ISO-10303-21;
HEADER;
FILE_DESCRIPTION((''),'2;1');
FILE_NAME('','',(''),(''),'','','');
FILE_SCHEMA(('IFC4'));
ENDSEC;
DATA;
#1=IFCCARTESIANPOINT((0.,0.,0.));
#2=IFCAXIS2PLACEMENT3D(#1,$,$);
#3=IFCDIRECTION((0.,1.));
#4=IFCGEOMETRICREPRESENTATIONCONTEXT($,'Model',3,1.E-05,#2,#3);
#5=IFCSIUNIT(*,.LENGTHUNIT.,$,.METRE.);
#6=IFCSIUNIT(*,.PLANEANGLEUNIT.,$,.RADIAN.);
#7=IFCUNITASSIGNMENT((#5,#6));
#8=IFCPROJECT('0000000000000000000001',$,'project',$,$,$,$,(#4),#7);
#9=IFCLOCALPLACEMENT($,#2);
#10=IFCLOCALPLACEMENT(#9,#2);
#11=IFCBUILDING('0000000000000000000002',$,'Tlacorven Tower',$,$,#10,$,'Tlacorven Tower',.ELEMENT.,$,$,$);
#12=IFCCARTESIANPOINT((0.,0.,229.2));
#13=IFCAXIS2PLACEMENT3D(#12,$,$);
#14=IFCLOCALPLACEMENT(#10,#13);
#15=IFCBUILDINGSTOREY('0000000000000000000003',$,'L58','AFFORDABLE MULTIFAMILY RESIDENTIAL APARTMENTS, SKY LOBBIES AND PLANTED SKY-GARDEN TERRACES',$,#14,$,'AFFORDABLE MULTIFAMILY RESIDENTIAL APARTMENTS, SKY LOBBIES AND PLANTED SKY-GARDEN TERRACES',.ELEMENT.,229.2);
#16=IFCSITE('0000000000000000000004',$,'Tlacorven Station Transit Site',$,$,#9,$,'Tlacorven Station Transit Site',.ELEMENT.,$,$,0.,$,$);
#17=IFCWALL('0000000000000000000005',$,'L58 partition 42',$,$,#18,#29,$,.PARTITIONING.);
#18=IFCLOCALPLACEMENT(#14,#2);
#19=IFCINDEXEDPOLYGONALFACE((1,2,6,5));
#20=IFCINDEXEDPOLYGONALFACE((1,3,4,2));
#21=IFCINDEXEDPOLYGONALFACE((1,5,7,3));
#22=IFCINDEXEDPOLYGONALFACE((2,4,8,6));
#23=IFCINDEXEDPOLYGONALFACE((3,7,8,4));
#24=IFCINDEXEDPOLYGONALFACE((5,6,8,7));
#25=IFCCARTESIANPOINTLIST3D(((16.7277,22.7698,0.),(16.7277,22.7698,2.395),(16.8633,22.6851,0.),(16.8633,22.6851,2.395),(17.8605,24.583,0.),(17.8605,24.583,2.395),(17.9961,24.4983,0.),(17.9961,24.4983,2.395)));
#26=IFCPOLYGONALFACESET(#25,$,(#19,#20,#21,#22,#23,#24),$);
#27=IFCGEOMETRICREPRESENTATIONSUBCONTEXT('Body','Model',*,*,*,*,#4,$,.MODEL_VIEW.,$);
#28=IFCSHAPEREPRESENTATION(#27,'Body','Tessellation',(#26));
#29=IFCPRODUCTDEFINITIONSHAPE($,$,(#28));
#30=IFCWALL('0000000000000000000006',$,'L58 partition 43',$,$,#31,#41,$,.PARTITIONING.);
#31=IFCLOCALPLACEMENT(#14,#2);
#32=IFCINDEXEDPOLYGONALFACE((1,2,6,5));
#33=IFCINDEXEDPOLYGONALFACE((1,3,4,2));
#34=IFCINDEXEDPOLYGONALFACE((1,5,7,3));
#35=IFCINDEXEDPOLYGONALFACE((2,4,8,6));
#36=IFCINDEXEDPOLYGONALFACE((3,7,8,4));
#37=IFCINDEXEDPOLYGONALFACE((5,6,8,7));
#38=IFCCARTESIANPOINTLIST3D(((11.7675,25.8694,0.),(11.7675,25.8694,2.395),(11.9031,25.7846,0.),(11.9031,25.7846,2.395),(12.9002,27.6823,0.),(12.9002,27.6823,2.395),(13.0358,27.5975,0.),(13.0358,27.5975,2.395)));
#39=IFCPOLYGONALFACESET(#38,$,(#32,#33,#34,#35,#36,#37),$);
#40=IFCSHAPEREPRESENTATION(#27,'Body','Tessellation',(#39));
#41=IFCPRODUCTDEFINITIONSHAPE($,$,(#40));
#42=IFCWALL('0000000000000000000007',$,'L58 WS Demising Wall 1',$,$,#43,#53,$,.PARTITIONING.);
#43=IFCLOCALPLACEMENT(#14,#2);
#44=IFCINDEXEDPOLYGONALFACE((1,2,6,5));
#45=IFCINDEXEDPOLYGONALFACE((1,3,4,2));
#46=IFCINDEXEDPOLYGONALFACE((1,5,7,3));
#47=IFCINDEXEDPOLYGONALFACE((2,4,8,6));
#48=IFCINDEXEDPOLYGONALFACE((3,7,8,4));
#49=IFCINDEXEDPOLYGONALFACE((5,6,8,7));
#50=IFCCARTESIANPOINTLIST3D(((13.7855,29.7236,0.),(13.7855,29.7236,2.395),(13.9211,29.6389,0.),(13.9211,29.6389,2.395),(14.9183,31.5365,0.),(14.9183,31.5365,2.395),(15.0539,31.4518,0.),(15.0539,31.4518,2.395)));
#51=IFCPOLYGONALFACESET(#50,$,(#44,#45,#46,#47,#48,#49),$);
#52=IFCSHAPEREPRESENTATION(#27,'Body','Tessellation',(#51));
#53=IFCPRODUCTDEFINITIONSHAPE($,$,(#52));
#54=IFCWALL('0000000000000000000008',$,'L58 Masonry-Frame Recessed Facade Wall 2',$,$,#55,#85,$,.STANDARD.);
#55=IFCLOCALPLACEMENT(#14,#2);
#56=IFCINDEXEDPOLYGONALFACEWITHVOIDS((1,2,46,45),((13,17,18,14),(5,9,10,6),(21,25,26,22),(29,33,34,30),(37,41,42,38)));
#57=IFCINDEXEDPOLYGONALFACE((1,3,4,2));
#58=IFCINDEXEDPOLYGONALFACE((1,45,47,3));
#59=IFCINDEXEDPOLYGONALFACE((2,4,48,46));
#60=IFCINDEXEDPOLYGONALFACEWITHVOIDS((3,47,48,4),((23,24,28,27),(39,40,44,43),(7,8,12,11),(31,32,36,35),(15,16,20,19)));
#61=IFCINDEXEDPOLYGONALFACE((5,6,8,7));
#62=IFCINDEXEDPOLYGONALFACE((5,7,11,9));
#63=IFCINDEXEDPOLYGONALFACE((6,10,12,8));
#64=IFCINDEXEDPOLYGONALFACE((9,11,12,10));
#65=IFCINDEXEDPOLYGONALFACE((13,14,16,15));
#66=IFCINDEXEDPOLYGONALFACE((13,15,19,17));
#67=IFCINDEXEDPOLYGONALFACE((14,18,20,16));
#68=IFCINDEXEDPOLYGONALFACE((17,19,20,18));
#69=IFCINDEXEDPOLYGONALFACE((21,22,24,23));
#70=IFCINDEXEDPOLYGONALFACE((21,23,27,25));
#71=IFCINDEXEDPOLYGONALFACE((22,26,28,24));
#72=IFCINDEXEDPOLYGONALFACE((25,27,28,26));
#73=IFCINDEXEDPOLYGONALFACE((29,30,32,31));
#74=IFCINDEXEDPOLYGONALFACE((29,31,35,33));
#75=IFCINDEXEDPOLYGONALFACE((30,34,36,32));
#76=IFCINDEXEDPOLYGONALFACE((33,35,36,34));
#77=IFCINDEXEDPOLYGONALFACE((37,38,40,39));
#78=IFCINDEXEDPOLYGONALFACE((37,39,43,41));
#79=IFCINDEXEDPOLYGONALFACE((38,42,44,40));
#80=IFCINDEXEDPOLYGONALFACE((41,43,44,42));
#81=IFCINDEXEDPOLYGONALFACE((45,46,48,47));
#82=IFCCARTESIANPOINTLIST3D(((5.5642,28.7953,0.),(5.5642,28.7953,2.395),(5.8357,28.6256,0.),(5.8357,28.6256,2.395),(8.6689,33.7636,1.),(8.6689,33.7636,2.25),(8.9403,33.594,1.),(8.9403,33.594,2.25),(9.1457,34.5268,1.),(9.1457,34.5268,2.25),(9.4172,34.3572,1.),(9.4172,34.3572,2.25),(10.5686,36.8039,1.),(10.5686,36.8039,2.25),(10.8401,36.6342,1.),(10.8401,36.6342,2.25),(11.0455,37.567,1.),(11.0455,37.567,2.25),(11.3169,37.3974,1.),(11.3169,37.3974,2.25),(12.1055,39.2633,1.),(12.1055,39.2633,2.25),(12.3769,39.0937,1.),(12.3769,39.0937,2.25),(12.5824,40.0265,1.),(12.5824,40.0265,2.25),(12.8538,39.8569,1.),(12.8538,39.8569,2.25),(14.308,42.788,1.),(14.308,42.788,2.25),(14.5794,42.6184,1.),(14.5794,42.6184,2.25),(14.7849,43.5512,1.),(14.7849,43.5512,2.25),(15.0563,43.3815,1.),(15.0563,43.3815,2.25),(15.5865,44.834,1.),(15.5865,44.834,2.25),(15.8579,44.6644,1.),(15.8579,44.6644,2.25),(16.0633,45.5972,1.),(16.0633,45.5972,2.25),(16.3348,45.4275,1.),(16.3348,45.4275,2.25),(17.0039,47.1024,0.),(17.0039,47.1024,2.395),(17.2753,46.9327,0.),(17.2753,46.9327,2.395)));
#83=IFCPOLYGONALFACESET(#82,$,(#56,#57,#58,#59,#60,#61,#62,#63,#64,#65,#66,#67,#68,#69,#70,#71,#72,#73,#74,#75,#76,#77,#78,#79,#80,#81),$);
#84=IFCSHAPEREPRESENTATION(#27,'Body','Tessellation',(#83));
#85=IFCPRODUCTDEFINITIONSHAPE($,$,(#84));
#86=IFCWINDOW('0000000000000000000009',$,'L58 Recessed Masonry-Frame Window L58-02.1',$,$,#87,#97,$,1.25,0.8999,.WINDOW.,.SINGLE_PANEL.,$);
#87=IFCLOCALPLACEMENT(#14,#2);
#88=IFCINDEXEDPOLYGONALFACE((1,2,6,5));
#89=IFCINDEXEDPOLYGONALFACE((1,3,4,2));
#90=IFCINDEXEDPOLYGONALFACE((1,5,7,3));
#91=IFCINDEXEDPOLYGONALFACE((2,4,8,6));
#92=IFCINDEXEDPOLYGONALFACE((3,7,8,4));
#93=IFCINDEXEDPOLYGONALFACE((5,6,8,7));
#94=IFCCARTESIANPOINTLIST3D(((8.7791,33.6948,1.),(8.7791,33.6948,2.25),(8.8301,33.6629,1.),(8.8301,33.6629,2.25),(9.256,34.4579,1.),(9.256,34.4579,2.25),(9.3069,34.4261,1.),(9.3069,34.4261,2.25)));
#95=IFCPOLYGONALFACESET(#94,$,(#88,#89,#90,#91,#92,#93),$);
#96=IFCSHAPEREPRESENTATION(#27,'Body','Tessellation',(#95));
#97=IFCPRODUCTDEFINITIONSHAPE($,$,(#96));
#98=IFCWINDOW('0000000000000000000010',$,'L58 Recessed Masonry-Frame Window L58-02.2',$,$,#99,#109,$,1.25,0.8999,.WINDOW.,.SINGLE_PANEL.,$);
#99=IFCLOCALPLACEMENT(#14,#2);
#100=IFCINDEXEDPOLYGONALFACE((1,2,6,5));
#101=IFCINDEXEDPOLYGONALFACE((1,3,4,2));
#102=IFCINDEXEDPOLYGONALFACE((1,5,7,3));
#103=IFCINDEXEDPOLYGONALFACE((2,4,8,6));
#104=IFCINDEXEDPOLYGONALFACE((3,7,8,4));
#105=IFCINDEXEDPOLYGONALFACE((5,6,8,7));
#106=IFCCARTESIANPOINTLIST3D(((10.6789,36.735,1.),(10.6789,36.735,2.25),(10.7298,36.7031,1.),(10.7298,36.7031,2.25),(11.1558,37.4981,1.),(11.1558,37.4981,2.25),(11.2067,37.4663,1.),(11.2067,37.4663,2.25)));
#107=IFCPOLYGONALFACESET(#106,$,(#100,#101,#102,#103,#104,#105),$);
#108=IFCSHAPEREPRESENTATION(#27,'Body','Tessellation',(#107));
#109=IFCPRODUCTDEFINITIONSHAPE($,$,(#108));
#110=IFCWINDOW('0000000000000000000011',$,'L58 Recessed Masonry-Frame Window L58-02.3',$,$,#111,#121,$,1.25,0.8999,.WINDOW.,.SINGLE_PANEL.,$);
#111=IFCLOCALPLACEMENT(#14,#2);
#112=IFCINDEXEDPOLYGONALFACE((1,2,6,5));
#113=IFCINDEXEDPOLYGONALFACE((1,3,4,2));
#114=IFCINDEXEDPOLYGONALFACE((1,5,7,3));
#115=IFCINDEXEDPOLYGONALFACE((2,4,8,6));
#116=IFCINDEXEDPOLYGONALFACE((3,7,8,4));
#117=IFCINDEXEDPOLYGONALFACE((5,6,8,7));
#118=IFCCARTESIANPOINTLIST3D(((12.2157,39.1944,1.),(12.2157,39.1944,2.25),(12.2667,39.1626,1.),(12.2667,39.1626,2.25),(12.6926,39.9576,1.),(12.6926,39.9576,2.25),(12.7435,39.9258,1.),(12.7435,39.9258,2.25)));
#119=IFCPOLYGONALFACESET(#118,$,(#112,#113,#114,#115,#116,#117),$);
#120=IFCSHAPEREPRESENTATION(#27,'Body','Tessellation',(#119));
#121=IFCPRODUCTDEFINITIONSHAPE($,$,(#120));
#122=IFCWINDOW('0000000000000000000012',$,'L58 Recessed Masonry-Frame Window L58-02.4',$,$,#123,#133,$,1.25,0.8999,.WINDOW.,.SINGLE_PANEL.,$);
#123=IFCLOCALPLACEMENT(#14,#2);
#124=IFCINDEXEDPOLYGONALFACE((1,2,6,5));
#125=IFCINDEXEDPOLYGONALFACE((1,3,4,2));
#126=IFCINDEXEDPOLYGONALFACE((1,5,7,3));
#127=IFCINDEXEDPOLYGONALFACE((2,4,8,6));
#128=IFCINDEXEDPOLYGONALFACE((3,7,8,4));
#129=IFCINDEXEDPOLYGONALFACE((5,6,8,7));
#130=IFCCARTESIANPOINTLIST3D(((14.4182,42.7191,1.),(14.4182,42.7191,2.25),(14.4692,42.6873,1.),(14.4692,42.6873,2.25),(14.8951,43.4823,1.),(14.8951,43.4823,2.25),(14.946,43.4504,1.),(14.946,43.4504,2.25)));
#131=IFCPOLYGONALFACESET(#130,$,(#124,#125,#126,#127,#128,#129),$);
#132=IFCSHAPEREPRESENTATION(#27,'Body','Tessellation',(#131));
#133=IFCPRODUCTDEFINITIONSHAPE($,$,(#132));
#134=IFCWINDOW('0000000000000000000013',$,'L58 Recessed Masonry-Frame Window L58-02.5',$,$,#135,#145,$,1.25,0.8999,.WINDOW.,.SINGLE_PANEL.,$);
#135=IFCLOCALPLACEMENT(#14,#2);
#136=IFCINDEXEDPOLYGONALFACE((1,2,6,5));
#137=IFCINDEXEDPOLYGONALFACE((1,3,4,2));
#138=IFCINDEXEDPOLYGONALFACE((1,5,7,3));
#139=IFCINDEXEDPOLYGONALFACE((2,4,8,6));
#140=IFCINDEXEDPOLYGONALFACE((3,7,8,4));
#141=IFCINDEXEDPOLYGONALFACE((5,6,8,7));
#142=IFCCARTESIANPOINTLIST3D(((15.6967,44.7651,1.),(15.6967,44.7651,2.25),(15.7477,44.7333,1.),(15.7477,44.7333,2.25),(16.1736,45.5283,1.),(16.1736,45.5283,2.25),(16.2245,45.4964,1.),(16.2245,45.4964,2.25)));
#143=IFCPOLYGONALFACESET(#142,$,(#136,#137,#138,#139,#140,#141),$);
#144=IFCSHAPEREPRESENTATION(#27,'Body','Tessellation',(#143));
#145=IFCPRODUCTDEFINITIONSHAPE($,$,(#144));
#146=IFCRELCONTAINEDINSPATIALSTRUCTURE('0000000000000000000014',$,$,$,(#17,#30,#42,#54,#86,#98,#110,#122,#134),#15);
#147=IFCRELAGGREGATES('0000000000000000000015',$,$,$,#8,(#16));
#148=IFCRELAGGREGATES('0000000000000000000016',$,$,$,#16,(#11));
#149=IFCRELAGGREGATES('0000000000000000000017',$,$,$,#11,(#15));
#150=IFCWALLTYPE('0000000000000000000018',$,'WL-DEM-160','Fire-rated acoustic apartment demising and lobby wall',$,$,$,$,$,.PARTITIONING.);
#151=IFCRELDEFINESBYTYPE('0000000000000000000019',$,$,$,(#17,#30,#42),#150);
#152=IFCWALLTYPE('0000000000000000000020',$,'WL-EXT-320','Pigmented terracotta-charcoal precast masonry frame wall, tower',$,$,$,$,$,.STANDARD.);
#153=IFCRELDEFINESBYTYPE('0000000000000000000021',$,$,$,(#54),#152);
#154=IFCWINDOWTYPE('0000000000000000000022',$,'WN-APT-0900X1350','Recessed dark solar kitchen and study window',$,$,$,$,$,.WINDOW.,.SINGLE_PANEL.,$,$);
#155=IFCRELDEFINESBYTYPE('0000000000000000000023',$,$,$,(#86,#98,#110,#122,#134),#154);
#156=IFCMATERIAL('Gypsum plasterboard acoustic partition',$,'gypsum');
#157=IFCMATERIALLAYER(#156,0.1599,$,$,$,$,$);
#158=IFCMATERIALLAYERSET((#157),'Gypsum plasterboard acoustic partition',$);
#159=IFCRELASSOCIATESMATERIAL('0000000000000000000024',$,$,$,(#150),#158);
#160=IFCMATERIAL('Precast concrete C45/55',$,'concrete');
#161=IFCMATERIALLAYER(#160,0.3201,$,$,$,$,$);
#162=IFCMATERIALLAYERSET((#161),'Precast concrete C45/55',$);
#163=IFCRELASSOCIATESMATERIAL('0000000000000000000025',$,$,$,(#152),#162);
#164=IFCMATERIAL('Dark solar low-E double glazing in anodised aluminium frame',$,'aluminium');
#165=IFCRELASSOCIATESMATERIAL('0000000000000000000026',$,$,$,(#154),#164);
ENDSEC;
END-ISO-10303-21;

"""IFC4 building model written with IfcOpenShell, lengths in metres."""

from ifc_helpers import new_model, si_unit, direction, frame, frame_2d, origin, place, context, subcontext, project, spatial, rectangle, extrude, source, transform, mapped, material, layer, layer_set, type_object, element, fill, save


model = new_model("IFC4")

# Units and contexts
model_context = context("Model", 3, precision=1e-05, world=origin(), true_north=direction((0.0, 1.0)))
body_context = subcontext(model_context, "Body", "Model", "MODEL_VIEW")
ifc_project = project(units=[si_unit("LENGTHUNIT", "METRE"), si_unit("PLANEANGLEUNIT", "RADIAN")], contexts=[model_context])

# Site, building, storey
site_placement = place(None, origin())
site = spatial("IfcSite", under=ifc_project, at=site_placement, Name="Tlacorven Station Transit Site", LongName="Tlacorven Station Transit Site", CompositionType="ELEMENT", RefElevation=0.0)
building_placement = place(site_placement, origin())
building = spatial("IfcBuilding", under=site, at=building_placement, Name="Tlacorven Tower", LongName="Tlacorven Tower", CompositionType="ELEMENT")
storey_placement = place(building_placement, frame((0.0, 0.0, 229.2)))
storey = spatial("IfcBuildingStorey", under=building, at=storey_placement, Name="L58", Description="AFFORDABLE MULTIFAMILY RESIDENTIAL APARTMENTS, SKY LOBBIES AND PLANTED SKY-GARDEN TERRACES", LongName="AFFORDABLE MULTIFAMILY RESIDENTIAL APARTMENTS, SKY LOBBIES AND PLANTED SKY-GARDEN TERRACES", CompositionType="ELEMENT", Elevation=229.2)

# Walls
ifc_material_1 = material(Name="Gypsum plasterboard acoustic partition", Category="gypsum")
ifc_layer_1 = layer(ifc_material_1, 0.1599)
ifc_layer_set_1 = layer_set([ifc_layer_1], Name="Gypsum plasterboard acoustic partition")
wall_type_1 = type_object("IfcWallType", Name="WL-DEM-160", Description="Fire-rated acoustic apartment demising and lobby wall", PredefinedType="PARTITIONING", material=ifc_layer_set_1)
wall_1_placement = place(storey_placement, frame((17.9282, 24.5405, 0.0), z_axis=(0.0, 0.0, 1.0), x_axis=(-0.529845, -0.848095, 0.0)))
element("IfcWall", 1, at=wall_1_placement, inside=storey, type_object=wall_type_1, Name="L58 partition 42", PredefinedType="PARTITIONING", context=body_context, shape_type="SweptSolid", body=[
    extrude(rectangle(XDim=2.1379, YDim=0.1599, at=frame_2d((1.0688, 0.0))), origin(), (0.0, 0.0, 1.0), 2.395),
])
for number, where, z_axis, x_axis, name in (
    (2, (12.968, 27.6399, 0.0), (0.0, 0.0, 1.0), (-0.529896, -0.848062, 0.0), "L58 partition 43"),
    (3, (14.9861, 31.4941, 0.0), (0.0, 0.0, 1.0), (-0.529896, -0.848062, 0.0), "L58 WS Demising Wall 1"),
):
    element("IfcWall", number, at=place(storey_placement, frame(where, z_axis=z_axis, x_axis=x_axis)), inside=storey, type_object=wall_type_1, Name=name, PredefinedType="PARTITIONING", context=body_context, shape_type="SweptSolid", body=[
        extrude(rectangle(XDim=2.1377, YDim=0.1599, at=frame_2d((1.0688, 0.0))), origin(), (0.0, 0.0, 1.0), 2.395),
    ])

# Wall, openings, windows
ifc_material_2 = material(Name="Precast concrete C45/55", Category="concrete")
ifc_layer_2 = layer(ifc_material_2, 0.3201)
ifc_layer_set_2 = layer_set([ifc_layer_2], Name="Precast concrete C45/55")
wall_type_2 = type_object("IfcWallType", Name="WL-EXT-320", Description="Pigmented terracotta-charcoal precast masonry frame wall, tower", PredefinedType="STANDARD", material=ifc_layer_set_2)
wall_2_placement = place(storey_placement, frame((5.7, 28.7104, 0.0), z_axis=(0.0, 0.0, 1.0), x_axis=(0.529924, 0.848045, 0.0)))
wall_2 = element("IfcWall", 4, at=wall_2_placement, inside=storey, type_object=wall_type_2, Name="L58 Masonry-Frame Recessed Facade Wall 2", PredefinedType="STANDARD", context=body_context, shape_type="SweptSolid", body=[
    extrude(rectangle(XDim=21.5874, YDim=0.3201, at=frame_2d((10.7937, 0.0))), origin(), (0.0, 0.0, 1.0), 2.395),
])
opening_1_placement = place(wall_2_placement, frame((5.8586, 0.0, 1.0)))
opening_1 = element("IfcOpeningElement", 5, at=opening_1_placement, cuts=wall_2, PredefinedType="OPENING", context=body_context, shape_type="SweptSolid", body=[
    extrude(rectangle(XDim=0.8999, YDim=1.25, at=frame_2d((0.45, 0.625))), frame((0.0, 0.1699, 0.0), z_axis=(0.0, -1.0, 0.0), x_axis=(1.0, 0.0, 0.0)), (0.0, 0.0, 1.0), 0.3401),
])
opening_2_placement = place(wall_2_placement, frame((9.4436, 0.0, 1.0)))
opening_2 = element("IfcOpeningElement", 6, at=opening_2_placement, cuts=wall_2, PredefinedType="OPENING", context=body_context, shape_type="SweptSolid", body=[
    extrude(rectangle(XDim=0.8999, YDim=1.25, at=frame_2d((0.45, 0.625))), frame((0.0, 0.1699, 0.0), z_axis=(0.0, -1.0, 0.0), x_axis=(1.0, 0.0, 0.0)), (0.0, 0.0, 1.0), 0.3401),
])
opening_3_placement = place(wall_2_placement, frame((12.3438, 0.0, 1.0)))
opening_3 = element("IfcOpeningElement", 7, at=opening_3_placement, cuts=wall_2, PredefinedType="OPENING", context=body_context, shape_type="SweptSolid", body=[
    extrude(rectangle(XDim=0.8999, YDim=1.25, at=frame_2d((0.45, 0.625))), frame((0.0, 0.1699, 0.0), z_axis=(0.0, -1.0, 0.0), x_axis=(1.0, 0.0, 0.0)), (0.0, 0.0, 1.0), 0.3401),
])
opening_4_placement = place(wall_2_placement, frame((16.5, 0.0, 1.0)))
opening_4 = element("IfcOpeningElement", 8, at=opening_4_placement, cuts=wall_2, PredefinedType="OPENING", context=body_context, shape_type="SweptSolid", body=[
    extrude(rectangle(XDim=0.8999, YDim=1.25, at=frame_2d((0.45, 0.625))), frame((0.0, 0.1699, 0.0), z_axis=(0.0, -1.0, 0.0), x_axis=(1.0, 0.0, 0.0)), (0.0, 0.0, 1.0), 0.3401),
])
opening_5_placement = place(wall_2_placement, frame((18.9126, 0.0, 1.0)))
opening_5 = element("IfcOpeningElement", 9, at=opening_5_placement, cuts=wall_2, PredefinedType="OPENING", context=body_context, shape_type="SweptSolid", body=[
    extrude(rectangle(XDim=0.8999, YDim=1.25, at=frame_2d((0.45, 0.625))), frame((0.0, 0.1699, 0.0), z_axis=(0.0, -1.0, 0.0), x_axis=(1.0, 0.0, 0.0)), (0.0, 0.0, 1.0), 0.3401),
])
ifc_material_3 = material(Name="Dark solar low-E double glazing in anodised aluminium frame", Category="aluminium")
window_type = type_object("IfcWindowType", Name="WN-APT-0900X1350", Description="Recessed dark solar kitchen and study window", PartitioningType="SINGLE_PANEL", PredefinedType="WINDOW", material=ifc_material_3)
shared_shape_1 = source(origin(), body_context, "Body", "SweptSolid", [
    extrude(rectangle(XDim=0.8999, YDim=1.25, at=frame_2d((0.45, 0.625))), frame((0.0, 0.03, 0.0), z_axis=(0.0, -1.0, 0.0), x_axis=(1.0, 0.0, 0.0)), (0.0, 0.0, 1.0), 0.0601),
])
window_1_placement = place(opening_1_placement, origin())
window_1 = element("IfcWindow", 10, at=window_1_placement, inside=storey, type_object=window_type, Name="L58 Recessed Masonry-Frame Window L58-02.1", OverallHeight=1.25, OverallWidth=0.8999, PartitioningType="SINGLE_PANEL", PredefinedType="WINDOW", context=body_context, shape_type="MappedRepresentation", body=[
    mapped(shared_shape_1, transform((0.0, 0.0, 0.0), scale=1.0)),
])
fill(opening_1, window_1)
window_2_placement = place(opening_2_placement, origin())
window_2 = element("IfcWindow", 11, at=window_2_placement, inside=storey, type_object=window_type, Name="L58 Recessed Masonry-Frame Window L58-02.2", OverallHeight=1.25, OverallWidth=0.8999, PartitioningType="SINGLE_PANEL", PredefinedType="WINDOW", context=body_context, shape_type="MappedRepresentation", body=[
    mapped(shared_shape_1, transform((0.0, 0.0, 0.0), scale=1.0)),
])
fill(opening_2, window_2)
window_3_placement = place(opening_3_placement, origin())
window_3 = element("IfcWindow", 12, at=window_3_placement, inside=storey, type_object=window_type, Name="L58 Recessed Masonry-Frame Window L58-02.3", OverallHeight=1.25, OverallWidth=0.8999, PartitioningType="SINGLE_PANEL", PredefinedType="WINDOW", context=body_context, shape_type="MappedRepresentation", body=[
    mapped(shared_shape_1, transform((0.0, 0.0, 0.0), scale=1.0)),
])
fill(opening_3, window_3)
window_4_placement = place(opening_4_placement, origin())
window_4 = element("IfcWindow", 13, at=window_4_placement, inside=storey, type_object=window_type, Name="L58 Recessed Masonry-Frame Window L58-02.4", OverallHeight=1.25, OverallWidth=0.8999, PartitioningType="SINGLE_PANEL", PredefinedType="WINDOW", context=body_context, shape_type="MappedRepresentation", body=[
    mapped(shared_shape_1, transform((0.0, 0.0, 0.0), scale=1.0)),
])
fill(opening_4, window_4)
window_5_placement = place(opening_5_placement, origin())
window_5 = element("IfcWindow", 14, at=window_5_placement, inside=storey, type_object=window_type, Name="L58 Recessed Masonry-Frame Window L58-02.5", OverallHeight=1.25, OverallWidth=0.8999, PartitioningType="SINGLE_PANEL", PredefinedType="WINDOW", context=body_context, shape_type="MappedRepresentation", body=[
    mapped(shared_shape_1, transform((0.0, 0.0, 0.0), scale=1.0)),
])
fill(opening_5, window_5)

save(model, "model.ifc")
